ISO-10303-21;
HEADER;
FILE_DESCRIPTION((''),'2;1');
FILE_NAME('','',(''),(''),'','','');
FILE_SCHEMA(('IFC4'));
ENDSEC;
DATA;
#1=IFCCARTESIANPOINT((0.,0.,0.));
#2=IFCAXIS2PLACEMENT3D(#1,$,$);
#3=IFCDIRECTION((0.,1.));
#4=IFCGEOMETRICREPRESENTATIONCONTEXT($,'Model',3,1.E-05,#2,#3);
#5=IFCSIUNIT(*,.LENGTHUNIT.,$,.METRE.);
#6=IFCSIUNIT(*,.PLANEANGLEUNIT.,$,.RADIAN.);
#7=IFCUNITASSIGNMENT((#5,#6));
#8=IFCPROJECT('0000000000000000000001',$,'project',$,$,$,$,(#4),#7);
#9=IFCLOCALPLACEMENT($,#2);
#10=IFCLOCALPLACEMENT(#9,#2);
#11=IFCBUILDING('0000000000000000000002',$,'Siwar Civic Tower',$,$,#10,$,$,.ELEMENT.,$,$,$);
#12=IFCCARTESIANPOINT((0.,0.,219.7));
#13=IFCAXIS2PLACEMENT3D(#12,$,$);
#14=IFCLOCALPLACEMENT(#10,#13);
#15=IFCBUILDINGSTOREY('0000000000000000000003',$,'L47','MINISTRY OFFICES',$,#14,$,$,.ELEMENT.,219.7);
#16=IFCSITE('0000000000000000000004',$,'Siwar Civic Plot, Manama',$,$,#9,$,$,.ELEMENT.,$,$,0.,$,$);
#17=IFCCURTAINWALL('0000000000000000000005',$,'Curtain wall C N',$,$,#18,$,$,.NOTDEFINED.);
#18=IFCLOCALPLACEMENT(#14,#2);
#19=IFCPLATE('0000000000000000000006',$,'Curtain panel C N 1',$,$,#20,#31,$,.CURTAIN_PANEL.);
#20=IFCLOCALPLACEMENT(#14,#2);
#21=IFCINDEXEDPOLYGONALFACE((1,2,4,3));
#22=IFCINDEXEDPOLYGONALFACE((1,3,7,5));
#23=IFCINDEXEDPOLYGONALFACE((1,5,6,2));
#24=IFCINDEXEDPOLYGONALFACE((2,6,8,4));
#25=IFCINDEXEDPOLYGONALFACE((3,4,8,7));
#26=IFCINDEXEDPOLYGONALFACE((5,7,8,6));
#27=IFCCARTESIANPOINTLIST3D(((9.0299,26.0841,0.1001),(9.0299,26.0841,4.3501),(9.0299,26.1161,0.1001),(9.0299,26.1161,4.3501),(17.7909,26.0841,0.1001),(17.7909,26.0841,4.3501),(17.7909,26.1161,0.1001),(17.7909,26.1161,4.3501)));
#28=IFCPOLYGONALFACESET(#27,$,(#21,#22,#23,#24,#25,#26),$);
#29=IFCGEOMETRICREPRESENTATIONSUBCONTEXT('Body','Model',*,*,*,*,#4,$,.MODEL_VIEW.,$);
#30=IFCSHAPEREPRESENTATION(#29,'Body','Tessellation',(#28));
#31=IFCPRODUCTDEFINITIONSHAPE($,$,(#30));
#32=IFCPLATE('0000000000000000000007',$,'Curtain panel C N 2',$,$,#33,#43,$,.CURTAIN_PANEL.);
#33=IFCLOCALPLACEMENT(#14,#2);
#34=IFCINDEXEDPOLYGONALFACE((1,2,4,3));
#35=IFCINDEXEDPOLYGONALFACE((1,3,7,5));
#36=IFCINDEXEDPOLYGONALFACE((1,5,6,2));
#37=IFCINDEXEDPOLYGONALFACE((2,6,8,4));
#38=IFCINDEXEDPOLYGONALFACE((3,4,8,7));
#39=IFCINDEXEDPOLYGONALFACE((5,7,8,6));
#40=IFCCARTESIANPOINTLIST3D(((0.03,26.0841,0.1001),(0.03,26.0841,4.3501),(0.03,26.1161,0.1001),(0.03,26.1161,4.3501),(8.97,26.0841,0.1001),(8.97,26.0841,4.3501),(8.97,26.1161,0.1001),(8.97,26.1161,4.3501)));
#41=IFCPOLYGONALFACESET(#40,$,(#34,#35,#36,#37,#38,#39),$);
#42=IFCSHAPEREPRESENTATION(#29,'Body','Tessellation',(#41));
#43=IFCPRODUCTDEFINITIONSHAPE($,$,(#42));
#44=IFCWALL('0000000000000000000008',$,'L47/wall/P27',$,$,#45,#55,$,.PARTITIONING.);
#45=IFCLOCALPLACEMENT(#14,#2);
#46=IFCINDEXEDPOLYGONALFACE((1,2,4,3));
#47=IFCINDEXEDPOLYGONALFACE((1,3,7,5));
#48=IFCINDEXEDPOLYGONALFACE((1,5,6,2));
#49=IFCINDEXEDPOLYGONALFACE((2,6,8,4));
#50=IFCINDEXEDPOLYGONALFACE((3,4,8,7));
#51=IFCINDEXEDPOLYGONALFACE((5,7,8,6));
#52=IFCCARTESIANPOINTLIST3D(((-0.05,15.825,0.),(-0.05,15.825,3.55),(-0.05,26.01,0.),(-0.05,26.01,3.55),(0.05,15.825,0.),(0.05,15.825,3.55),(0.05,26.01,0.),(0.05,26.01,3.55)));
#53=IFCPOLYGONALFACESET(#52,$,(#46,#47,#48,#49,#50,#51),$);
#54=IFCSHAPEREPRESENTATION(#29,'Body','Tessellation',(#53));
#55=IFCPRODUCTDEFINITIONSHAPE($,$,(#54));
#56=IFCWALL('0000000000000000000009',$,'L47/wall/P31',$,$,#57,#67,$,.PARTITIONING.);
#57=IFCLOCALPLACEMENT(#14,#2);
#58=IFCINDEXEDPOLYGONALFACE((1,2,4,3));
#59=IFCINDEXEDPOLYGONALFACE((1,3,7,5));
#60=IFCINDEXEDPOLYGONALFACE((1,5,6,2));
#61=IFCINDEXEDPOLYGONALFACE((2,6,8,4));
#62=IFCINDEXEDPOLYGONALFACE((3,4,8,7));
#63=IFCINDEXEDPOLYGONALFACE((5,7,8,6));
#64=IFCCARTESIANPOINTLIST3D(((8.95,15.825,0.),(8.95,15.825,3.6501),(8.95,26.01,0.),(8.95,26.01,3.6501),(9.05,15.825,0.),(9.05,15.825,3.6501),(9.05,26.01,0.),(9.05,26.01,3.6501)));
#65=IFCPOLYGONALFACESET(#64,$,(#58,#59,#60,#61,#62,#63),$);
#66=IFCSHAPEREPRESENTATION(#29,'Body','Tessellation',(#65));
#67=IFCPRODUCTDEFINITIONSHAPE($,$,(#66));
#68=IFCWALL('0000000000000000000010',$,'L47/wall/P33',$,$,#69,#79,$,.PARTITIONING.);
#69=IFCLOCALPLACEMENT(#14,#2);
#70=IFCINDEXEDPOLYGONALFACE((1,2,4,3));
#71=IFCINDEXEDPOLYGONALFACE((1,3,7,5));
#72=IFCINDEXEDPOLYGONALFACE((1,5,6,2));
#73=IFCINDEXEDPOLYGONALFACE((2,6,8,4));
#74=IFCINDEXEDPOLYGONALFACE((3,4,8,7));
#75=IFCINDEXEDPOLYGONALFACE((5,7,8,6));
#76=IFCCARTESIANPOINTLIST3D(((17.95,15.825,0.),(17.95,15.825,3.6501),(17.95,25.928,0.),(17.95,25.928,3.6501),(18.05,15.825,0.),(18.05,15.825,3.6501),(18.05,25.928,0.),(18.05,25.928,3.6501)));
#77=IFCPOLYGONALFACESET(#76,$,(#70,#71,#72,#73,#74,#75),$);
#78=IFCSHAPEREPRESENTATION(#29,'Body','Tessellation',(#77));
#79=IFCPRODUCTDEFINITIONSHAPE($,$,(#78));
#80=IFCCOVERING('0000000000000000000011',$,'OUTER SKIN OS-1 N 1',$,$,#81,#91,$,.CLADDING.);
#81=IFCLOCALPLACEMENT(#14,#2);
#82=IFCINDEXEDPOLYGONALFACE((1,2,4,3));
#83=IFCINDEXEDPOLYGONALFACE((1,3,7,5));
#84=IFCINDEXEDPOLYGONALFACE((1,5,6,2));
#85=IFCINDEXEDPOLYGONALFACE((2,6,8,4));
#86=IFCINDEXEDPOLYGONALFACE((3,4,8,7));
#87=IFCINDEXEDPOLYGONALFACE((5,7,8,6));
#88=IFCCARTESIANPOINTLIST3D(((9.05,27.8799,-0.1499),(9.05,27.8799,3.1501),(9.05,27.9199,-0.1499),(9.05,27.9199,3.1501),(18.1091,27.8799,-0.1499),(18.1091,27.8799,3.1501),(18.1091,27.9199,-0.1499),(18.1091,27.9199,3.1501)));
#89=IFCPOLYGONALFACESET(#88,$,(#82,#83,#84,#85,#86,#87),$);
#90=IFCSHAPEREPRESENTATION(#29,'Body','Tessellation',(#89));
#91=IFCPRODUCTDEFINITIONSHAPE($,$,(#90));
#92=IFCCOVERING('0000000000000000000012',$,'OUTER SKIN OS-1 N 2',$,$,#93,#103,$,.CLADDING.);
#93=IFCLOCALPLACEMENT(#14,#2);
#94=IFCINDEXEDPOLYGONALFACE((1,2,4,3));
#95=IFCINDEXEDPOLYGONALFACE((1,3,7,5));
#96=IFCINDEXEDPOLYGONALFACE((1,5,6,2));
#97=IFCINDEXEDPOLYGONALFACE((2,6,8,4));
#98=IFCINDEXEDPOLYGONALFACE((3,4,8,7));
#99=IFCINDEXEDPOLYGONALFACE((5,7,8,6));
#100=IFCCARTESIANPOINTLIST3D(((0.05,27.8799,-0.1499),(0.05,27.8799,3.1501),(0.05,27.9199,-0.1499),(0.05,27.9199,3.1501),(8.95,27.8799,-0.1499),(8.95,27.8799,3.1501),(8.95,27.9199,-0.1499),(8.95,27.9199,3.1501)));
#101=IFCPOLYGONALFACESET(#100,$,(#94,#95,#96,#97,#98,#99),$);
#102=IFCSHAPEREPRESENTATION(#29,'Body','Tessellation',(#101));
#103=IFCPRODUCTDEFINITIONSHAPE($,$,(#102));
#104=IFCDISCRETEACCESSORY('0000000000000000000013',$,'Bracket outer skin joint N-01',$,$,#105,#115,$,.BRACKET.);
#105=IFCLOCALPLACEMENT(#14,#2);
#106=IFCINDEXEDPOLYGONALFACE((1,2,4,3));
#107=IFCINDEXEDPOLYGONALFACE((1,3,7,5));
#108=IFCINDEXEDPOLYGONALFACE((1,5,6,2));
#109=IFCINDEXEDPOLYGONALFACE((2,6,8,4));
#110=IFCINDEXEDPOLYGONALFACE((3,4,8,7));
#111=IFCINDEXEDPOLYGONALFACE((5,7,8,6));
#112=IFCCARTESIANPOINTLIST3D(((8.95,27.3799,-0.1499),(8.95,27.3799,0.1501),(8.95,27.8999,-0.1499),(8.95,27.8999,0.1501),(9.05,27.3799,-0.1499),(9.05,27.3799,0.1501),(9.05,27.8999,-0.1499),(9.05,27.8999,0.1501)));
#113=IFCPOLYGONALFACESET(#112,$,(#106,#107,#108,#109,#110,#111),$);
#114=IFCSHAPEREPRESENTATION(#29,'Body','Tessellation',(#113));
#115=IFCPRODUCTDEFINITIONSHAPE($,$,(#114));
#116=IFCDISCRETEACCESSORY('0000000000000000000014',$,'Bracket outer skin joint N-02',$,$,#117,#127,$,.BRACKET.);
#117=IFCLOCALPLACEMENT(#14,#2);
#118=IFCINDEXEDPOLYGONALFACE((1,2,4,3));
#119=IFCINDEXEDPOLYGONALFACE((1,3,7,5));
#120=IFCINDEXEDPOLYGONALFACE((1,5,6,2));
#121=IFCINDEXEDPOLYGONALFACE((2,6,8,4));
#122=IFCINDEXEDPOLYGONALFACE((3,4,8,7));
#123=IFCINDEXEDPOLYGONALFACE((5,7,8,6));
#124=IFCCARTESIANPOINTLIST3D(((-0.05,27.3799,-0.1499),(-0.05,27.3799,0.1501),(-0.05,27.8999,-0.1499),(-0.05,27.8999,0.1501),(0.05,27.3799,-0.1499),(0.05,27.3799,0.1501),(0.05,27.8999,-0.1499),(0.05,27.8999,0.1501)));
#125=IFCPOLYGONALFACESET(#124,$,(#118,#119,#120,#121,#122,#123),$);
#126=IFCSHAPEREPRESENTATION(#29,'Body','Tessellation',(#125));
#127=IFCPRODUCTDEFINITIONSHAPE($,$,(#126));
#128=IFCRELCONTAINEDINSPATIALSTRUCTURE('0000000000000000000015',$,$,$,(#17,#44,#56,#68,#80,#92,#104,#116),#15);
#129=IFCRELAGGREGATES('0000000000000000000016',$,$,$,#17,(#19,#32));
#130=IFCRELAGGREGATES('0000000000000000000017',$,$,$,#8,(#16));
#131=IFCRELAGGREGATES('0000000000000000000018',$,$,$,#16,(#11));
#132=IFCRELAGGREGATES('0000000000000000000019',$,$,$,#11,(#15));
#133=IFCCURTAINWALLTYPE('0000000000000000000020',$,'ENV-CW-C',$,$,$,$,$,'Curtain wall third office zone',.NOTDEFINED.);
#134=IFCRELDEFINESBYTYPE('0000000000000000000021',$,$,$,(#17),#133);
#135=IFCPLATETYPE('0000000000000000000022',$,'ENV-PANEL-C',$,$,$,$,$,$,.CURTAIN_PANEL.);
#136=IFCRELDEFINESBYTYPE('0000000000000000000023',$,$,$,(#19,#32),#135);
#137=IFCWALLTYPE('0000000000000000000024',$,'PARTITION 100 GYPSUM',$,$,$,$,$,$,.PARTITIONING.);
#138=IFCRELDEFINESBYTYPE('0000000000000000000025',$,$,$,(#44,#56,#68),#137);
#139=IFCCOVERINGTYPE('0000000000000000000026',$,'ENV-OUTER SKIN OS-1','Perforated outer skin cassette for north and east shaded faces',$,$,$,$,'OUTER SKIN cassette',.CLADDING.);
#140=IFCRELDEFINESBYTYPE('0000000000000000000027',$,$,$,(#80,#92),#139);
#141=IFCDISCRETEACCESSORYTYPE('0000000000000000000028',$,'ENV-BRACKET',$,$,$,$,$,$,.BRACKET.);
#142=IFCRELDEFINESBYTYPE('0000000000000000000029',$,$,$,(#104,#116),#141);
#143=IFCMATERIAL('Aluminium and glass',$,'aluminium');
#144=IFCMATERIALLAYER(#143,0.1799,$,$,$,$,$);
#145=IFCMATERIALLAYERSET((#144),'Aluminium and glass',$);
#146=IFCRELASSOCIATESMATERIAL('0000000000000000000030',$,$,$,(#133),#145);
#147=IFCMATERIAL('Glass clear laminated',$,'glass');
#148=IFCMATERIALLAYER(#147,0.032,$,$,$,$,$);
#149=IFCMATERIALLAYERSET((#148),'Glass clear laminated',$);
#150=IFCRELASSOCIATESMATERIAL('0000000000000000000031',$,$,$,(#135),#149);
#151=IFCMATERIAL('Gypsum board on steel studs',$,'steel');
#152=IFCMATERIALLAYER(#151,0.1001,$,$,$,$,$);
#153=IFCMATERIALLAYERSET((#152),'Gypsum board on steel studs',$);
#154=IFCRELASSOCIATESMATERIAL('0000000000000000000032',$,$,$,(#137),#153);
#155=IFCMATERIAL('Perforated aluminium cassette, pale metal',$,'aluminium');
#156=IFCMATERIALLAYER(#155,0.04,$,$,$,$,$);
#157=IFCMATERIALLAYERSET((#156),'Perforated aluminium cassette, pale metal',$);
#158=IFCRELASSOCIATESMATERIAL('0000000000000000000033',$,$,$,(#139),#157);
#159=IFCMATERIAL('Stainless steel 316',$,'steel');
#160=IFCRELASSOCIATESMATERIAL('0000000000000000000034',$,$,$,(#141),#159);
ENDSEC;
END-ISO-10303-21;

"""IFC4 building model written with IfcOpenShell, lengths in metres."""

from ifc_helpers import new_model, si_unit, direction, frame, frame_2d, origin, origin_2d, place, context, subcontext, project, spatial, rectangle, extrude, material, layer, layer_set, type_object, element, aggregate, save


model = new_model("IFC4")

# Units and contexts
model_context = context("Model", 3, precision=1e-05, world=origin(), true_north=direction((0.0, 1.0)))
body_context = subcontext(model_context, "Body", "Model", "MODEL_VIEW")
ifc_project = project(units=[si_unit("LENGTHUNIT", "METRE"), si_unit("PLANEANGLEUNIT", "RADIAN")], contexts=[model_context])

# Site, building, storey
site_placement = place(None, origin())
site = spatial("IfcSite", under=ifc_project, at=site_placement, Name="Siwar Civic Plot, Manama", CompositionType="ELEMENT", RefElevation=0.0)
building_placement = place(site_placement, origin())
building = spatial("IfcBuilding", under=site, at=building_placement, Name="Siwar Civic Tower", CompositionType="ELEMENT")
storey_placement = place(building_placement, frame((0.0, 0.0, 219.7)))
storey = spatial("IfcBuildingStorey", under=building, at=storey_placement, Name="L47", Description="MINISTRY OFFICES", CompositionType="ELEMENT", Elevation=219.7)

# Curtain wall
ifc_material_1 = material(Name="Aluminium and glass", Category="aluminium")
ifc_layer_1 = layer(ifc_material_1, 0.1799)
ifc_layer_set_1 = layer_set([ifc_layer_1], Name="Aluminium and glass")
curtain_wall_type = type_object("IfcCurtainWallType", Name="ENV-CW-C", ElementType="Curtain wall third office zone", PredefinedType="NOTDEFINED", material=ifc_layer_set_1)
curtain_wall_placement = place(storey_placement, origin())
curtain_wall = element("IfcCurtainWall", 1, at=curtain_wall_placement, inside=storey, type_object=curtain_wall_type, Name="Curtain wall C N", PredefinedType="NOTDEFINED")

# Plates
ifc_material_2 = material(Name="Glass clear laminated", Category="glass")
ifc_layer_2 = layer(ifc_material_2, 0.032)
ifc_layer_set_2 = layer_set([ifc_layer_2], Name="Glass clear laminated")
plate_type = type_object("IfcPlateType", Name="ENV-PANEL-C", PredefinedType="CURTAIN_PANEL", material=ifc_layer_set_2)
plate_1_placement = place(storey_placement, frame((13.4104, 26.1001, 0.1001), z_axis=(0.0, 0.0, 1.0), x_axis=(-1.0, 0.0, 0.0)))
plate_1 = element("IfcPlate", 2, at=plate_1_placement, type_object=plate_type, Name="Curtain panel C N 1", PredefinedType="CURTAIN_PANEL", context=body_context, shape_type="SweptSolid", body=[
    extrude(rectangle(XDim=8.761, YDim=0.032, at=origin_2d()), origin(), (0.0, 0.0, 1.0), 4.25),
])
plate_2_placement = place(storey_placement, frame((4.5, 26.1001, 0.1001), z_axis=(0.0, 0.0, 1.0), x_axis=(-1.0, 0.0, 0.0)))
plate_2 = element("IfcPlate", 3, at=plate_2_placement, type_object=plate_type, Name="Curtain panel C N 2", PredefinedType="CURTAIN_PANEL", context=body_context, shape_type="SweptSolid", body=[
    extrude(rectangle(XDim=8.9399, YDim=0.032, at=origin_2d()), origin(), (0.0, 0.0, 1.0), 4.25),
])
aggregate(curtain_wall, [plate_1, plate_2])

# Walls
ifc_material_3 = material(Name="Gypsum board on steel studs", Category="steel")
ifc_layer_3 = layer(ifc_material_3, 0.1001)
ifc_layer_set_3 = layer_set([ifc_layer_3], Name="Gypsum board on steel studs")
wall_type = type_object("IfcWallType", Name="PARTITION 100 GYPSUM", PredefinedType="PARTITIONING", material=ifc_layer_set_3)
wall_1_placement = place(storey_placement, frame((0.0, 15.825, 0.0), z_axis=(0.0, 0.0, 1.0), x_axis=(0.0, 1.0, 0.0)))
element("IfcWall", 4, at=wall_1_placement, inside=storey, type_object=wall_type, Name="L47/wall/P27", PredefinedType="PARTITIONING", context=body_context, shape_type="SweptSolid", body=[
    extrude(rectangle(XDim=10.1851, YDim=0.1001, at=frame_2d((5.0925, 0.0))), origin(), (0.0, 0.0, 1.0), 3.55),
])
wall_2_placement = place(storey_placement, frame((9.0, 15.825, 0.0), z_axis=(0.0, 0.0, 1.0), x_axis=(0.0, 1.0, 0.0)))
element("IfcWall", 5, at=wall_2_placement, inside=storey, type_object=wall_type, Name="L47/wall/P31", PredefinedType="PARTITIONING", context=body_context, shape_type="SweptSolid", body=[
    extrude(rectangle(XDim=10.1851, YDim=0.1001, at=frame_2d((5.0925, 0.0))), origin(), (0.0, 0.0, 1.0), 3.6501),
])
wall_3_placement = place(storey_placement, frame((18.0, 15.825, 0.0), z_axis=(0.0, 0.0, 1.0), x_axis=(0.0, 1.0, 0.0)))
element("IfcWall", 6, at=wall_3_placement, inside=storey, type_object=wall_type, Name="L47/wall/P33", PredefinedType="PARTITIONING", context=body_context, shape_type="SweptSolid", body=[
    extrude(rectangle(XDim=10.103, YDim=0.1001, at=frame_2d((5.0515, 0.0))), origin(), (0.0, 0.0, 1.0), 3.6501),
])

# Coverings
ifc_material_4 = material(Name="Perforated aluminium cassette, pale metal", Category="aluminium")
ifc_layer_4 = layer(ifc_material_4, 0.04)
ifc_layer_set_4 = layer_set([ifc_layer_4], Name="Perforated aluminium cassette, pale metal")
covering_type = type_object("IfcCoveringType", Name="ENV-OUTER SKIN OS-1", Description="Perforated outer skin cassette for north and east shaded faces", ElementType="OUTER SKIN cassette", PredefinedType="CLADDING", material=ifc_layer_set_4)
covering_1_placement = place(storey_placement, frame((13.5796, 27.8999, -0.1499), z_axis=(0.0, 0.0, 1.0), x_axis=(-1.0, 0.0, 0.0)))
element("IfcCovering", 7, at=covering_1_placement, inside=storey, type_object=covering_type, Name="OUTER SKIN OS-1 N 1", PredefinedType="CLADDING", context=body_context, shape_type="SweptSolid", body=[
    extrude(rectangle(XDim=9.0591, YDim=0.04, at=origin_2d()), origin(), (0.0, 0.0, 1.0), 3.3),
])
covering_2_placement = place(storey_placement, frame((4.5, 27.8999, -0.1499), z_axis=(0.0, 0.0, 1.0), x_axis=(-1.0, 0.0, 0.0)))
element("IfcCovering", 8, at=covering_2_placement, inside=storey, type_object=covering_type, Name="OUTER SKIN OS-1 N 2", PredefinedType="CLADDING", context=body_context, shape_type="SweptSolid", body=[
    extrude(rectangle(XDim=8.8999, YDim=0.04, at=origin_2d()), origin(), (0.0, 0.0, 1.0), 3.3),
])

# Discrete accessories
ifc_material_5 = material(Name="Stainless steel 316", Category="steel")
discrete_accessory_type = type_object("IfcDiscreteAccessoryType", Name="ENV-BRACKET", PredefinedType="BRACKET", material=ifc_material_5)
for number, where, z_axis, x_axis, name in (
    (9, (9.0, 27.6399, -0.1499), (0.0, 0.0, 1.0), (0.0, 1.0, 0.0), "Bracket outer skin joint N-01"),
    (10, (0.0, 27.6399, -0.1499), (0.0, 0.0, 1.0), (0.0, 1.0, 0.0), "Bracket outer skin joint N-02"),
):
    element("IfcDiscreteAccessory", number, at=place(storey_placement, frame(where, z_axis=z_axis, x_axis=x_axis)), inside=storey, type_object=discrete_accessory_type, Name=name, PredefinedType="BRACKET", context=body_context, shape_type="SweptSolid", body=[
        extrude(rectangle(XDim=0.52, YDim=0.1001, at=origin_2d()), origin(), (0.0, 0.0, 1.0), 0.3),
    ])

save(model, "model.ifc")
